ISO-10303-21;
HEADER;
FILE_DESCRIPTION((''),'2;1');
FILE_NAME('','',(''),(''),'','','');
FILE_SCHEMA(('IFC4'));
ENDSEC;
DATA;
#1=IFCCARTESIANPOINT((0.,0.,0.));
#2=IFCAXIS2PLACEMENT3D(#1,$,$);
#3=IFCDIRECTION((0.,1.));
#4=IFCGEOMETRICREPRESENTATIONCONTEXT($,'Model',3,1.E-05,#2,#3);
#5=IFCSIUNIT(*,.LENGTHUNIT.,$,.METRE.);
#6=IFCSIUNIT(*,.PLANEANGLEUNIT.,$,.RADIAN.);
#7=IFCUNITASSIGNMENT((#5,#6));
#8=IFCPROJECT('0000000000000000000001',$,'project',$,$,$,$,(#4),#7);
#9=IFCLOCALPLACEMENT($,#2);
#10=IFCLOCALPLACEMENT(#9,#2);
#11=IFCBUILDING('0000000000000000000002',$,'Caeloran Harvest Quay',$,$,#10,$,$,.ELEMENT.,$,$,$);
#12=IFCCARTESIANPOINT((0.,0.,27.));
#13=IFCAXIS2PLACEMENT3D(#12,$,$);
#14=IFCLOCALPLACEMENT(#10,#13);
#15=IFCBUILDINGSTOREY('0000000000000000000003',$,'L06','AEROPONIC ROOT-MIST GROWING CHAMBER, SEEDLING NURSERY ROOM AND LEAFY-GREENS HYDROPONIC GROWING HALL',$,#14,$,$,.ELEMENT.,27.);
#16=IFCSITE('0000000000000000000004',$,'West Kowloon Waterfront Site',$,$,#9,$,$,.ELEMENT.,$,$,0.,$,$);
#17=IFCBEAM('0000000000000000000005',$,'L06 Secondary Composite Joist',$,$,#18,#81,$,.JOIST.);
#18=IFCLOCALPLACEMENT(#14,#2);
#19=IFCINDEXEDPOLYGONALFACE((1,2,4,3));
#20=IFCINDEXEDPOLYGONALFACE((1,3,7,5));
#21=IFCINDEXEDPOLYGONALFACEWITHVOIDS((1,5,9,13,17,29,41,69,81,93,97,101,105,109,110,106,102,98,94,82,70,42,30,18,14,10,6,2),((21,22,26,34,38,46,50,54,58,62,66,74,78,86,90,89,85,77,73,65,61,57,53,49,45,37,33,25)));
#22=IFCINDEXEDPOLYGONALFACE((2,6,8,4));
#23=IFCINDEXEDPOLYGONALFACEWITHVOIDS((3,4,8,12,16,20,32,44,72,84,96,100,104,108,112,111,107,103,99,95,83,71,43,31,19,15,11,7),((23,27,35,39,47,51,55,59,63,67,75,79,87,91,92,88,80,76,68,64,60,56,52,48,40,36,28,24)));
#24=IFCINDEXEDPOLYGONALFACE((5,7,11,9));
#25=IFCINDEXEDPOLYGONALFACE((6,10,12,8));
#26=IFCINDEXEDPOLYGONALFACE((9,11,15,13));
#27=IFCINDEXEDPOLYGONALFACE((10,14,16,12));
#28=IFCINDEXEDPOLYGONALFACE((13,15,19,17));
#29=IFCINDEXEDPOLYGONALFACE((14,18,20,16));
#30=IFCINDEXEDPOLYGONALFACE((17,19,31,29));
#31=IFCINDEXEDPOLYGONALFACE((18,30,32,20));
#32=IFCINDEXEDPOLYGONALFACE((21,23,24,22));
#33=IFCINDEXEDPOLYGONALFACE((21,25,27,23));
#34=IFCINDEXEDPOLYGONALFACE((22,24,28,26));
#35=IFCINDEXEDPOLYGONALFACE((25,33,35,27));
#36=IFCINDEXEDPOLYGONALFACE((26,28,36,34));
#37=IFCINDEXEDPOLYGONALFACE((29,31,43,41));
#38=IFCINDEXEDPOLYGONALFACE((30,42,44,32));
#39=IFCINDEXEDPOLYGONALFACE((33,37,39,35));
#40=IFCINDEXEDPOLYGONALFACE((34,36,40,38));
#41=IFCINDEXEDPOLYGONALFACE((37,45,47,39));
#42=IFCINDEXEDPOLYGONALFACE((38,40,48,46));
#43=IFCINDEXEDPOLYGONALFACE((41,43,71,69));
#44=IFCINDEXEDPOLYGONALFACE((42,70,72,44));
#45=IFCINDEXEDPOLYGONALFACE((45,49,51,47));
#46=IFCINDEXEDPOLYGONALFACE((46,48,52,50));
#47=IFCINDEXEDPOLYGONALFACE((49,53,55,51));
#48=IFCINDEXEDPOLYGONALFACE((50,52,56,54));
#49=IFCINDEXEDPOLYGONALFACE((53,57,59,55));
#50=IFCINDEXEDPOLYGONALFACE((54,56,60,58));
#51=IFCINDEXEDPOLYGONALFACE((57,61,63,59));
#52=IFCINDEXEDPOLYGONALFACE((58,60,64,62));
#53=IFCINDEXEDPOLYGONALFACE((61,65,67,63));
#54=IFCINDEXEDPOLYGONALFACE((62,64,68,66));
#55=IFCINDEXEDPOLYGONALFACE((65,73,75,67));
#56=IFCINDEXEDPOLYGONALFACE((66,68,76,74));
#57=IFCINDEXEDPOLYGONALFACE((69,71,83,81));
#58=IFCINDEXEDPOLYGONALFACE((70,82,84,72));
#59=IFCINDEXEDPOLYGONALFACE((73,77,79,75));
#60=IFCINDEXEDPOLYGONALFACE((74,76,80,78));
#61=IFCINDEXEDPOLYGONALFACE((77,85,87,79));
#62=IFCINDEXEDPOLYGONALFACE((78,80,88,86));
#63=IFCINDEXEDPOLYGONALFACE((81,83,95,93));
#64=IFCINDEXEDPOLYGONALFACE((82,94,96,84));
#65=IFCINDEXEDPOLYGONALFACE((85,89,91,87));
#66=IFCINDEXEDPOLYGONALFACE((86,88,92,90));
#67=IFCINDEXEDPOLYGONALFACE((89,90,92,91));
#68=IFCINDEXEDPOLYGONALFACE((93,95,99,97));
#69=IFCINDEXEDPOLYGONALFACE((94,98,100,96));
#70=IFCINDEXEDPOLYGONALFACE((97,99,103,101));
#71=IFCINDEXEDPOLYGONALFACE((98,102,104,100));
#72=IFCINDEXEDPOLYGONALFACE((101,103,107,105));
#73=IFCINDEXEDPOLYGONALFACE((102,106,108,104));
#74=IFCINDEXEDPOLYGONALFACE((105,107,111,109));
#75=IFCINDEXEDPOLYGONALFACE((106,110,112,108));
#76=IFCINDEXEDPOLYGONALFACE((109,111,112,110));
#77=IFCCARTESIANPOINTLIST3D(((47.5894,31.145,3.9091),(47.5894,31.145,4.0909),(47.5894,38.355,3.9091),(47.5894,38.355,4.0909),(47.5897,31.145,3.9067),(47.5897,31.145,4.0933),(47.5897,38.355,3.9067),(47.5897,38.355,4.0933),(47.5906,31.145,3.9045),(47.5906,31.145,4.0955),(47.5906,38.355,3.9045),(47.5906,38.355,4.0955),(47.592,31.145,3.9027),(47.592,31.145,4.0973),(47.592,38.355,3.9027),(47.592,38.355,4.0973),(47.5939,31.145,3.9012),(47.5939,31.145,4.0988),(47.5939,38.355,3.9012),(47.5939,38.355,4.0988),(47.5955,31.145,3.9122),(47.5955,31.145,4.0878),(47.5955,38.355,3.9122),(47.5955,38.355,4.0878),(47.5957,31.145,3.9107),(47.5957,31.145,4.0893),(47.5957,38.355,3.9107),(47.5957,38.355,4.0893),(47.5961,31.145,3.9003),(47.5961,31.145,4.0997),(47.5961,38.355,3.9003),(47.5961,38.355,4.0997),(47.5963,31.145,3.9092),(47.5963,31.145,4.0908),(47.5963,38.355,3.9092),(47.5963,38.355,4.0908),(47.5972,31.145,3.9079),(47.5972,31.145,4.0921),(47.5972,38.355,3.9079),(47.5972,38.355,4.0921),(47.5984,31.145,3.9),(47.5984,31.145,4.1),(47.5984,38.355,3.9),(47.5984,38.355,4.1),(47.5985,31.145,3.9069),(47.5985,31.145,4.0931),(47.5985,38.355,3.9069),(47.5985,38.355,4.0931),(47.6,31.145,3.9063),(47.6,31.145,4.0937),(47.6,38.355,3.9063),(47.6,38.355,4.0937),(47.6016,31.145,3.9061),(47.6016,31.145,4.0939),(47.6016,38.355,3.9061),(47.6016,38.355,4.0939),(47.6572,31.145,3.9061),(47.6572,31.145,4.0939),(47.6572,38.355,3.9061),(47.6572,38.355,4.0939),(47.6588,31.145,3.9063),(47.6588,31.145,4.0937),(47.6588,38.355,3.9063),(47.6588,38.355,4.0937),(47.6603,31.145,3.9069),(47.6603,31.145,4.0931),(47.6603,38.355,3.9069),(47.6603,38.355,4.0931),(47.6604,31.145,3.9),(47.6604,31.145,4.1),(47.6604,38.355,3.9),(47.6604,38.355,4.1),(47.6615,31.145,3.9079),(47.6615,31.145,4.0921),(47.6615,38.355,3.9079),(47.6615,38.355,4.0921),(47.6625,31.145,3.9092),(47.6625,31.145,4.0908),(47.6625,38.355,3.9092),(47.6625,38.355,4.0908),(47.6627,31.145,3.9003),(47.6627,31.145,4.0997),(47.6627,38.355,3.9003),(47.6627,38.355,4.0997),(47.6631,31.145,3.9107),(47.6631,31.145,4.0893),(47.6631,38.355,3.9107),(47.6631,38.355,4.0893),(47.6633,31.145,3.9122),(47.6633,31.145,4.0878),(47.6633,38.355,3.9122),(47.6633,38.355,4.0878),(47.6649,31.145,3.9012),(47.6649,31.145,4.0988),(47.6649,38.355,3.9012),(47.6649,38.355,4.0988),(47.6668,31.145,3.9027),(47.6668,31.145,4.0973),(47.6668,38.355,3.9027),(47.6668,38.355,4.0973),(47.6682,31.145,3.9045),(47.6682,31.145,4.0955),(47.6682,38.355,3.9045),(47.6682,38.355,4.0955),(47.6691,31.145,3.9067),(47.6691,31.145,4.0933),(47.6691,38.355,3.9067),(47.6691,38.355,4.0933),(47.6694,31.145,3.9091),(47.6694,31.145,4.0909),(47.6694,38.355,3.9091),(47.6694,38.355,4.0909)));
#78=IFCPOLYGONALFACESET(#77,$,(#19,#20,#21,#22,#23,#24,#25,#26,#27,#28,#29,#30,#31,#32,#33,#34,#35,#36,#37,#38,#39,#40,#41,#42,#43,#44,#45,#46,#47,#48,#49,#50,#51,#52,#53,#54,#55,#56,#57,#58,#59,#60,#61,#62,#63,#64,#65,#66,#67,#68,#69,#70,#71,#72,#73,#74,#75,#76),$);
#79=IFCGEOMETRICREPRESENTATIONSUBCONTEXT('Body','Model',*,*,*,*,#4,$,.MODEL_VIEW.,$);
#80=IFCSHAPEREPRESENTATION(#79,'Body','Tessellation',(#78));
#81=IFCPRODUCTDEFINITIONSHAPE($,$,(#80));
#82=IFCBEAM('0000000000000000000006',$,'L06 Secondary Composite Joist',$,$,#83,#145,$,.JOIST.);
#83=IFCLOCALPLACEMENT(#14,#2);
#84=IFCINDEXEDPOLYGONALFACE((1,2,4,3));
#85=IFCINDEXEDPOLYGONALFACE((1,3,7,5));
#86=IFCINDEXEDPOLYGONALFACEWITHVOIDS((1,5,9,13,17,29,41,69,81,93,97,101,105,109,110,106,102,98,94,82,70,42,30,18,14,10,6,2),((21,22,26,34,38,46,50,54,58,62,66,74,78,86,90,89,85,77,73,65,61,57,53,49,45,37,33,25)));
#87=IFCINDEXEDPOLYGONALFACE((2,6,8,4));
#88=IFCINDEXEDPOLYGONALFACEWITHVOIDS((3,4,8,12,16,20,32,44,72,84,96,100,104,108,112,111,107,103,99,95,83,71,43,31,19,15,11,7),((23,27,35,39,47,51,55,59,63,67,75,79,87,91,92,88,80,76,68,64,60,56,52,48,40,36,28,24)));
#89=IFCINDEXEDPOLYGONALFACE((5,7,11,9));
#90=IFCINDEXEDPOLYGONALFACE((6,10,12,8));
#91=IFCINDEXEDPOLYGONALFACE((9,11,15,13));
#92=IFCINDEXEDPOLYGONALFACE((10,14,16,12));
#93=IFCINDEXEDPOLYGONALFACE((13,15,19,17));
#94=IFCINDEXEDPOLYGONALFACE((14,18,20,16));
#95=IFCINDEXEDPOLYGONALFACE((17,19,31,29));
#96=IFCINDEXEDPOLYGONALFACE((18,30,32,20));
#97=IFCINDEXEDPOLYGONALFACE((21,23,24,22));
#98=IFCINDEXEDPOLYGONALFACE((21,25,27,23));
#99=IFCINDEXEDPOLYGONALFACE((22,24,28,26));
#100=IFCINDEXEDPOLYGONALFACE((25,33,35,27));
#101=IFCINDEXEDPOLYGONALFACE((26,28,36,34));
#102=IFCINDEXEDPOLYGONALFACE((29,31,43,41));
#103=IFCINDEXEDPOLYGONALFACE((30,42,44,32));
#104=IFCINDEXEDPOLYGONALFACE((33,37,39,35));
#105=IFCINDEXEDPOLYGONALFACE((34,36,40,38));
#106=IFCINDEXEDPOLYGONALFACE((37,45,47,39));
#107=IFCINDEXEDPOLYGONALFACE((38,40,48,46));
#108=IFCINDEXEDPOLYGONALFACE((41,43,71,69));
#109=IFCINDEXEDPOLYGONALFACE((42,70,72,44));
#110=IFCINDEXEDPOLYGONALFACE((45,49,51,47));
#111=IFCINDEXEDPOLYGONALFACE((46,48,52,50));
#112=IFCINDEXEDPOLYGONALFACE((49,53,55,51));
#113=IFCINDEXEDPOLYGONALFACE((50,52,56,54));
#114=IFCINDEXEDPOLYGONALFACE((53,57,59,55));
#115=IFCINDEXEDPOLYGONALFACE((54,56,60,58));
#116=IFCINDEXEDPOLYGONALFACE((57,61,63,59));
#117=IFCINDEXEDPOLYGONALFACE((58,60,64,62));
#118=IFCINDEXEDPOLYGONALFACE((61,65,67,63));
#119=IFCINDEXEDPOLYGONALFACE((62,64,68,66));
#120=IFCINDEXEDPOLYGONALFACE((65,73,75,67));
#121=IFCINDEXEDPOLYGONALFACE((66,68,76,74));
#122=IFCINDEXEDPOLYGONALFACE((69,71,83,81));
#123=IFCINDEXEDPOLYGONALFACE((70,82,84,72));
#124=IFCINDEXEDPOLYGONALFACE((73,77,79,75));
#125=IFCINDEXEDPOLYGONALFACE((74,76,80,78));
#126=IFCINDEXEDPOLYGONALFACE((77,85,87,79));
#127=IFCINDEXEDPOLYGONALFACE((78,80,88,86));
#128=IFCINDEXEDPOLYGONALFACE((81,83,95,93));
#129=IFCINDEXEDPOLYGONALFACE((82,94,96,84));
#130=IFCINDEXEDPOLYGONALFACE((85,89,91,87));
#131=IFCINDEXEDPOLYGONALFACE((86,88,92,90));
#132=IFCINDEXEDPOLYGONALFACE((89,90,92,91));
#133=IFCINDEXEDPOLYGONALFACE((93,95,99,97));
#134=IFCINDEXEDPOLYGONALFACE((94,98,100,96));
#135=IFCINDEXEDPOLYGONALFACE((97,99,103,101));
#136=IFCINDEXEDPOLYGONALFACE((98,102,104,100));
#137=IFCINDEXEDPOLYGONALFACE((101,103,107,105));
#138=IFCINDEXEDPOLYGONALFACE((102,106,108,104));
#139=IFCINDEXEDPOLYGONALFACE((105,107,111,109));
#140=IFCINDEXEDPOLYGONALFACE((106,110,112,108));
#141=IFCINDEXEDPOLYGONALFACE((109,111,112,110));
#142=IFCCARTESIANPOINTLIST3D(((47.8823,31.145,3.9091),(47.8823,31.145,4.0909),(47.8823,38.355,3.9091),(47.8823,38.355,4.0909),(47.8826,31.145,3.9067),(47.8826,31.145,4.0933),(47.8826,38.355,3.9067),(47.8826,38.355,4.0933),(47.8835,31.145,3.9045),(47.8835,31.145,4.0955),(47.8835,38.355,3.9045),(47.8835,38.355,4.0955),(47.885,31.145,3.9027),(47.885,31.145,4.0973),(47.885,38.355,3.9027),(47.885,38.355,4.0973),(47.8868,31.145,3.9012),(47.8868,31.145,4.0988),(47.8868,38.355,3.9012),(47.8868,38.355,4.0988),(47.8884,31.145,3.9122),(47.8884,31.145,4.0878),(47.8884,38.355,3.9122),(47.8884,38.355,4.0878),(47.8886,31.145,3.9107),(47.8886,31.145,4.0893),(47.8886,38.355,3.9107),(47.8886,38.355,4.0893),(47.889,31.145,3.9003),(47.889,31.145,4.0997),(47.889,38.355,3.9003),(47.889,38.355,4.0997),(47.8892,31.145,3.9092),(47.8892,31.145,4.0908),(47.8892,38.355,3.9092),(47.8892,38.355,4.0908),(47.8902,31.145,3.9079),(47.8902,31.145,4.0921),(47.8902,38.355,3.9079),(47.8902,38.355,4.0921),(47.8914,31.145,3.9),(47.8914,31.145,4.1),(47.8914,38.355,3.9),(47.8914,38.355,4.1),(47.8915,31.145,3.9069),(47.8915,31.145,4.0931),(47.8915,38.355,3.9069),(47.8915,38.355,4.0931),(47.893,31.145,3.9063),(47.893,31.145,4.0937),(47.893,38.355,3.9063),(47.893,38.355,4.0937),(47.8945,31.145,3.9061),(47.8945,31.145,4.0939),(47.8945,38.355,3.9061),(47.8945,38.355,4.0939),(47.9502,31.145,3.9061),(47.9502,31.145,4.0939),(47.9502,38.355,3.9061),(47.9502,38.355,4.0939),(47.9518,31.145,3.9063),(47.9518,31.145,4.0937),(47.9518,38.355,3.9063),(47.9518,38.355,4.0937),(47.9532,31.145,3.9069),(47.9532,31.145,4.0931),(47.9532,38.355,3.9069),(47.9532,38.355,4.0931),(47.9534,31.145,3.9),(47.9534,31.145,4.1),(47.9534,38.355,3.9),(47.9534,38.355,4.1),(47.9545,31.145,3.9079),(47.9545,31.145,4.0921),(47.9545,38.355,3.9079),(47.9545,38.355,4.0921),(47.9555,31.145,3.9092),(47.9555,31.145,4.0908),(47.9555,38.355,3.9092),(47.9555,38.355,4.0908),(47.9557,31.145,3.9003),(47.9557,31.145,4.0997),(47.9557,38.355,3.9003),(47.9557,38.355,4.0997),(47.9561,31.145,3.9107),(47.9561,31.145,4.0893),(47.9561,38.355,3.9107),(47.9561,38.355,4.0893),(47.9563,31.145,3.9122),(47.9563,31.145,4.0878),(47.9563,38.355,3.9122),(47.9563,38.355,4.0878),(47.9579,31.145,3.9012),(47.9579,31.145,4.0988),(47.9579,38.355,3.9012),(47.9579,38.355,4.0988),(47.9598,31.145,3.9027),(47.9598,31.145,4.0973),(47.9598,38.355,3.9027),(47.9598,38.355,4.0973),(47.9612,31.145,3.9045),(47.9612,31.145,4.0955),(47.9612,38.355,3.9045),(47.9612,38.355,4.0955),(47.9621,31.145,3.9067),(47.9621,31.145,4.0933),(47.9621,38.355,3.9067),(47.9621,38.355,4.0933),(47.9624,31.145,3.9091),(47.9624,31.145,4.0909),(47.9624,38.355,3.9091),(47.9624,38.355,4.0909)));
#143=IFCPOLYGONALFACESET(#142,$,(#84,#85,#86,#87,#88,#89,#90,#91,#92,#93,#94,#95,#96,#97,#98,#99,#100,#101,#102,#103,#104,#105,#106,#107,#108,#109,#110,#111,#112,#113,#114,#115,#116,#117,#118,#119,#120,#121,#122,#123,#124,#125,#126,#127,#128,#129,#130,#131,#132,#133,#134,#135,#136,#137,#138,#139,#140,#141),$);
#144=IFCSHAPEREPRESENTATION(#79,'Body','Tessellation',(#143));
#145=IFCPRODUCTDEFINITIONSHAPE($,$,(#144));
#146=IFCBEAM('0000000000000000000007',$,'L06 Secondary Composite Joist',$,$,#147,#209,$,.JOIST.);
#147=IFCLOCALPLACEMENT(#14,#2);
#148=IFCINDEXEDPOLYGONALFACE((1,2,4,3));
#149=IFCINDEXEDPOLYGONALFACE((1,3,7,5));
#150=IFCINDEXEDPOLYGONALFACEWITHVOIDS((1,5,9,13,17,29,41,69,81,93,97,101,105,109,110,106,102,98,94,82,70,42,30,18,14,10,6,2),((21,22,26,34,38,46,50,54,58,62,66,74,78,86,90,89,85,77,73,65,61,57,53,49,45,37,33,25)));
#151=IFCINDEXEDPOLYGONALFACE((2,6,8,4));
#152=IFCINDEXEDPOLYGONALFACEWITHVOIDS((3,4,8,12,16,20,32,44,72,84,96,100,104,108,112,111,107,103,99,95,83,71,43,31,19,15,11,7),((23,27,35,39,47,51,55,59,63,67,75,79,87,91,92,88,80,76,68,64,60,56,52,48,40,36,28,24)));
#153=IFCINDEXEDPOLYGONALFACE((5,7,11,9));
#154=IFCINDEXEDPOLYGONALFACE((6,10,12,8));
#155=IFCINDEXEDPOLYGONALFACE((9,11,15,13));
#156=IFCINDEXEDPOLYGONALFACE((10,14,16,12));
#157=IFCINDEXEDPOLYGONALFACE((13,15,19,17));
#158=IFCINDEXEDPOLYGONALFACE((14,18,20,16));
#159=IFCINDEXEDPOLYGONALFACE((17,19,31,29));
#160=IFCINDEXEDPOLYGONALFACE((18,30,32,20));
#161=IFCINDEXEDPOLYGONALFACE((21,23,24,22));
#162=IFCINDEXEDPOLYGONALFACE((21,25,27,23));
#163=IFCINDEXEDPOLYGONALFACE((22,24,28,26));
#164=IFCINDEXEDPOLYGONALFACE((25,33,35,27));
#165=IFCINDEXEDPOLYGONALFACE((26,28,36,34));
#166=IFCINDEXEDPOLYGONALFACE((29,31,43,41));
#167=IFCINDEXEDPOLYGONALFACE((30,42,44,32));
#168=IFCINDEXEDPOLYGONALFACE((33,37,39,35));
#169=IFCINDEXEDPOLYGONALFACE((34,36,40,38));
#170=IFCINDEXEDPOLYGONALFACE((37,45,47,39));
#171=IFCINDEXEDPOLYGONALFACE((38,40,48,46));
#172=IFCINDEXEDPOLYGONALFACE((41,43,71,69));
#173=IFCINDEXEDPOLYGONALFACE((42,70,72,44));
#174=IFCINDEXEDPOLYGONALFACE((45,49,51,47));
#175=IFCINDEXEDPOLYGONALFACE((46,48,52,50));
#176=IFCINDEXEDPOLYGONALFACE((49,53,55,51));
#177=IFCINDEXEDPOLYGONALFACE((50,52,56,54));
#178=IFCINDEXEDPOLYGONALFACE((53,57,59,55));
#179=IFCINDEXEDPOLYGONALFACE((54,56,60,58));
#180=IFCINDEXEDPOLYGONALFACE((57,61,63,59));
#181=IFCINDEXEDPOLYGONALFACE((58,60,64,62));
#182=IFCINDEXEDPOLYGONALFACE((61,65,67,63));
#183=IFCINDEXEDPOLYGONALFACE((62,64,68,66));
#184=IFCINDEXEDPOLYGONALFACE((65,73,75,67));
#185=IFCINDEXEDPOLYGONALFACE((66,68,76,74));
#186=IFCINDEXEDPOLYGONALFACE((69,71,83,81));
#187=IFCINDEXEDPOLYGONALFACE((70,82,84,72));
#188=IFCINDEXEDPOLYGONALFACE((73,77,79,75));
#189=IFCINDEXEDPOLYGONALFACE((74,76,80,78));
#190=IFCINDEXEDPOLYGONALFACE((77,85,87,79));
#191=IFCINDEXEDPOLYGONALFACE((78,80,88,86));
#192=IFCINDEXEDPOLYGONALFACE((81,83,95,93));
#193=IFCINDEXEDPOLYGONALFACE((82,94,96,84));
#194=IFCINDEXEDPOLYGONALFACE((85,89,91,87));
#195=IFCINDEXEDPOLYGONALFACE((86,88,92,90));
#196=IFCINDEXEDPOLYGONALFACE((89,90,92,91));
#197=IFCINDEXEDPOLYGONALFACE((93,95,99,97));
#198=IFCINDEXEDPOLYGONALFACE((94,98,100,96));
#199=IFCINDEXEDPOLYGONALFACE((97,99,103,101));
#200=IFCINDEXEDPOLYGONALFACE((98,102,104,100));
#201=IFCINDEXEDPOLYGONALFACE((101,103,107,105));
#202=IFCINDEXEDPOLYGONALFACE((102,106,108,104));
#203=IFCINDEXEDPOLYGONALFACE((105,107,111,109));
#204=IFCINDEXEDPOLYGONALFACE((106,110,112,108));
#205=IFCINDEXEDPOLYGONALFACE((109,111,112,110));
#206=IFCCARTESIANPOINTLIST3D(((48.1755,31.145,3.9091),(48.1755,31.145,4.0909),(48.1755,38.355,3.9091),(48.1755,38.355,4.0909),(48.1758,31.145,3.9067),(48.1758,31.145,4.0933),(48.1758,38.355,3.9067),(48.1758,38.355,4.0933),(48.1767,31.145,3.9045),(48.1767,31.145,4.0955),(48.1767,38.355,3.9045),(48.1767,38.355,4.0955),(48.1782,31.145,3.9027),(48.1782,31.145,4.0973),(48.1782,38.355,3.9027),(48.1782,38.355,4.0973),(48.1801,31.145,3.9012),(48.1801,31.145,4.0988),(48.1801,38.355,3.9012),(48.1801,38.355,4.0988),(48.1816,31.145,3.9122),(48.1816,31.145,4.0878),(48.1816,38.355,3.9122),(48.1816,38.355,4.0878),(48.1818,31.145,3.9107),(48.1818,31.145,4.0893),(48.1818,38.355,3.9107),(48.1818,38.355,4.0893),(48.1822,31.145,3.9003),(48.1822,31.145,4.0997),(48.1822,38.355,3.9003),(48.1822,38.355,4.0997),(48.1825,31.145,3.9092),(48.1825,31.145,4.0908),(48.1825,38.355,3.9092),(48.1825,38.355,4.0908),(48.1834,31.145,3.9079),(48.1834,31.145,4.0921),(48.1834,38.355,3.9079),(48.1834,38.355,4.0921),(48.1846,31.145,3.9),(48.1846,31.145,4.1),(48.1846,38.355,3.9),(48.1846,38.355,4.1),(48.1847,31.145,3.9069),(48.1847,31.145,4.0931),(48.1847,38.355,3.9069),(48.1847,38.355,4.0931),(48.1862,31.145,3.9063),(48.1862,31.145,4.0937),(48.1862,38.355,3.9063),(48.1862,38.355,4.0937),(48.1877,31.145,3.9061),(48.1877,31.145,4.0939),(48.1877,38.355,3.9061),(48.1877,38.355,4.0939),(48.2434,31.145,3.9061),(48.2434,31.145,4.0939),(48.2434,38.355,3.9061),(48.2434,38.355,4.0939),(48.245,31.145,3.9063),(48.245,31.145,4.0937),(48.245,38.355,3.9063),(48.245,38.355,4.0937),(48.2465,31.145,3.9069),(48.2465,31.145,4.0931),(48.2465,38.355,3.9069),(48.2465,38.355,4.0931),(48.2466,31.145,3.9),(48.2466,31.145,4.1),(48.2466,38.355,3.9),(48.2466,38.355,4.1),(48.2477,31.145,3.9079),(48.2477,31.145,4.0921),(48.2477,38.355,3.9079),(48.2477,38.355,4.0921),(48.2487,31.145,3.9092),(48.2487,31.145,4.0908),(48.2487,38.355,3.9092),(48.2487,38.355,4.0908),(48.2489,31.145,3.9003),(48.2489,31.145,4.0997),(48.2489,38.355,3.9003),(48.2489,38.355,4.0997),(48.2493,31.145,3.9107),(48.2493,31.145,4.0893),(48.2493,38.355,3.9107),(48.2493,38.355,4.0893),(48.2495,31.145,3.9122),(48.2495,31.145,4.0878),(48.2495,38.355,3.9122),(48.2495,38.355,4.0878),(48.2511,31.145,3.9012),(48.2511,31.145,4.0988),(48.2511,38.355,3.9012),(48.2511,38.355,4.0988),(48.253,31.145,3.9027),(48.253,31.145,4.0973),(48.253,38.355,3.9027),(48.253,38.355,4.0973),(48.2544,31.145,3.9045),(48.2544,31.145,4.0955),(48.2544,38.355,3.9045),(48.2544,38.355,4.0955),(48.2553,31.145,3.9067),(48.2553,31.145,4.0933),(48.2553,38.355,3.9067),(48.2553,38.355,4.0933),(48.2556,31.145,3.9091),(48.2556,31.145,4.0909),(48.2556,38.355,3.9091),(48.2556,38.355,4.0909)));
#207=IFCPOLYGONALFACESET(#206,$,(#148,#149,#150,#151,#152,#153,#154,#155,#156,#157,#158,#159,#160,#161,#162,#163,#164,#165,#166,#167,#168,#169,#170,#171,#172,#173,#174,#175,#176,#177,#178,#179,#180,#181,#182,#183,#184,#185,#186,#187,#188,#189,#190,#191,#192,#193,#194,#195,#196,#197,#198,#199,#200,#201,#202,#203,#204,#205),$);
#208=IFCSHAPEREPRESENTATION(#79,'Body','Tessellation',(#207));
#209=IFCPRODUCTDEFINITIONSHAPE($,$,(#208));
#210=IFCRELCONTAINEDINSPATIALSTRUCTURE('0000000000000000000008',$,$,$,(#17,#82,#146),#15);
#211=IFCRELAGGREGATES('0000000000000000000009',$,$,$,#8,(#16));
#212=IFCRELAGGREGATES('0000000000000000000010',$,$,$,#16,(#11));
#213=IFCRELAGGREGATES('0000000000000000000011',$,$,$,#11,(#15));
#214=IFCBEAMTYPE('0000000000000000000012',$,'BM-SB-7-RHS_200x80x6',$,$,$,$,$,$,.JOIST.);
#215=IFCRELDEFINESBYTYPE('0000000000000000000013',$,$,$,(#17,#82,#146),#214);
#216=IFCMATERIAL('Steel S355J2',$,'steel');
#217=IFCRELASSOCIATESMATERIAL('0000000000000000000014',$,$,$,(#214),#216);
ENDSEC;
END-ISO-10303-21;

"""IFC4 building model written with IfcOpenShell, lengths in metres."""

from ifc_helpers import new_model, si_unit, direction, frame, origin, origin_2d, place, context, subcontext, project, spatial, hollow_rectangle, extrude, material, material_profile, profile_set, type_object, element, save


model = new_model("IFC4")

# Units and contexts
model_context = context("Model", 3, precision=1e-05, world=origin(), true_north=direction((0.0, 1.0)))
body_context = subcontext(model_context, "Body", "Model", "MODEL_VIEW")
ifc_project = project(units=[si_unit("LENGTHUNIT", "METRE"), si_unit("PLANEANGLEUNIT", "RADIAN")], contexts=[model_context])

# Site, building, storey
site_placement = place(None, origin())
site = spatial("IfcSite", under=ifc_project, at=site_placement, Name="West Kowloon Waterfront Site", CompositionType="ELEMENT", RefElevation=0.0)
building_placement = place(site_placement, origin())
building = spatial("IfcBuilding", under=site, at=building_placement, Name="Caeloran Harvest Quay", CompositionType="ELEMENT")
storey_placement = place(building_placement, frame((0.0, 0.0, 27.0)))
storey = spatial("IfcBuildingStorey", under=building, at=storey_placement, Name="L06", Description="AEROPONIC ROOT-MIST GROWING CHAMBER, SEEDLING NURSERY ROOM AND LEAFY-GREENS HYDROPONIC GROWING HALL", CompositionType="ELEMENT", Elevation=27.0)

# Beams
ifc_material_1 = material(Name="Steel S355J2", Category="steel")
ifc_material_profile_1 = material_profile(ifc_material_1, hollow_rectangle(XDim=0.0801, YDim=0.2, WallThickness=0.0061, InnerFilletRadius=0.0061, OuterFilletRadius=0.009, at=origin_2d()), Name="RHS 200x80x6")
ifc_profile_set_1 = profile_set([ifc_material_profile_1], Name="Steel S355J2")
beam_type_1 = type_object("IfcBeamType", Name="BM-SB-7-RHS_200x80x6", PredefinedType="JOIST", material=ifc_profile_set_1)
for number, where, z_axis, x_axis, name in (
    (1, (47.6294, 31.145, 4.0), (0.0, 1.0, 0.0), (-1.0, 0.0, 0.0), "L06 Secondary Composite Joist"),
    (2, (47.9224, 31.145, 4.0), (0.0, 1.0, 0.0), (-1.0, 0.0, 0.0), "L06 Secondary Composite Joist"),
    (3, (48.2156, 31.145, 4.0), (0.0, 1.0, 0.0), (-1.0, 0.0, 0.0), "L06 Secondary Composite Joist"),
):
    element("IfcBeam", number, at=place(storey_placement, frame(where, z_axis=z_axis, x_axis=x_axis)), inside=storey, type_object=beam_type_1, Name=name, PredefinedType="JOIST", context=body_context, shape_type="SweptSolid", body=[
        extrude(hollow_rectangle(XDim=0.0801, YDim=0.2, WallThickness=0.0061, InnerFilletRadius=0.0061, OuterFilletRadius=0.009, at=origin_2d()), origin(), (0.0, 0.0, 1.0), 7.21),
    ])

save(model, "model.ifc")
